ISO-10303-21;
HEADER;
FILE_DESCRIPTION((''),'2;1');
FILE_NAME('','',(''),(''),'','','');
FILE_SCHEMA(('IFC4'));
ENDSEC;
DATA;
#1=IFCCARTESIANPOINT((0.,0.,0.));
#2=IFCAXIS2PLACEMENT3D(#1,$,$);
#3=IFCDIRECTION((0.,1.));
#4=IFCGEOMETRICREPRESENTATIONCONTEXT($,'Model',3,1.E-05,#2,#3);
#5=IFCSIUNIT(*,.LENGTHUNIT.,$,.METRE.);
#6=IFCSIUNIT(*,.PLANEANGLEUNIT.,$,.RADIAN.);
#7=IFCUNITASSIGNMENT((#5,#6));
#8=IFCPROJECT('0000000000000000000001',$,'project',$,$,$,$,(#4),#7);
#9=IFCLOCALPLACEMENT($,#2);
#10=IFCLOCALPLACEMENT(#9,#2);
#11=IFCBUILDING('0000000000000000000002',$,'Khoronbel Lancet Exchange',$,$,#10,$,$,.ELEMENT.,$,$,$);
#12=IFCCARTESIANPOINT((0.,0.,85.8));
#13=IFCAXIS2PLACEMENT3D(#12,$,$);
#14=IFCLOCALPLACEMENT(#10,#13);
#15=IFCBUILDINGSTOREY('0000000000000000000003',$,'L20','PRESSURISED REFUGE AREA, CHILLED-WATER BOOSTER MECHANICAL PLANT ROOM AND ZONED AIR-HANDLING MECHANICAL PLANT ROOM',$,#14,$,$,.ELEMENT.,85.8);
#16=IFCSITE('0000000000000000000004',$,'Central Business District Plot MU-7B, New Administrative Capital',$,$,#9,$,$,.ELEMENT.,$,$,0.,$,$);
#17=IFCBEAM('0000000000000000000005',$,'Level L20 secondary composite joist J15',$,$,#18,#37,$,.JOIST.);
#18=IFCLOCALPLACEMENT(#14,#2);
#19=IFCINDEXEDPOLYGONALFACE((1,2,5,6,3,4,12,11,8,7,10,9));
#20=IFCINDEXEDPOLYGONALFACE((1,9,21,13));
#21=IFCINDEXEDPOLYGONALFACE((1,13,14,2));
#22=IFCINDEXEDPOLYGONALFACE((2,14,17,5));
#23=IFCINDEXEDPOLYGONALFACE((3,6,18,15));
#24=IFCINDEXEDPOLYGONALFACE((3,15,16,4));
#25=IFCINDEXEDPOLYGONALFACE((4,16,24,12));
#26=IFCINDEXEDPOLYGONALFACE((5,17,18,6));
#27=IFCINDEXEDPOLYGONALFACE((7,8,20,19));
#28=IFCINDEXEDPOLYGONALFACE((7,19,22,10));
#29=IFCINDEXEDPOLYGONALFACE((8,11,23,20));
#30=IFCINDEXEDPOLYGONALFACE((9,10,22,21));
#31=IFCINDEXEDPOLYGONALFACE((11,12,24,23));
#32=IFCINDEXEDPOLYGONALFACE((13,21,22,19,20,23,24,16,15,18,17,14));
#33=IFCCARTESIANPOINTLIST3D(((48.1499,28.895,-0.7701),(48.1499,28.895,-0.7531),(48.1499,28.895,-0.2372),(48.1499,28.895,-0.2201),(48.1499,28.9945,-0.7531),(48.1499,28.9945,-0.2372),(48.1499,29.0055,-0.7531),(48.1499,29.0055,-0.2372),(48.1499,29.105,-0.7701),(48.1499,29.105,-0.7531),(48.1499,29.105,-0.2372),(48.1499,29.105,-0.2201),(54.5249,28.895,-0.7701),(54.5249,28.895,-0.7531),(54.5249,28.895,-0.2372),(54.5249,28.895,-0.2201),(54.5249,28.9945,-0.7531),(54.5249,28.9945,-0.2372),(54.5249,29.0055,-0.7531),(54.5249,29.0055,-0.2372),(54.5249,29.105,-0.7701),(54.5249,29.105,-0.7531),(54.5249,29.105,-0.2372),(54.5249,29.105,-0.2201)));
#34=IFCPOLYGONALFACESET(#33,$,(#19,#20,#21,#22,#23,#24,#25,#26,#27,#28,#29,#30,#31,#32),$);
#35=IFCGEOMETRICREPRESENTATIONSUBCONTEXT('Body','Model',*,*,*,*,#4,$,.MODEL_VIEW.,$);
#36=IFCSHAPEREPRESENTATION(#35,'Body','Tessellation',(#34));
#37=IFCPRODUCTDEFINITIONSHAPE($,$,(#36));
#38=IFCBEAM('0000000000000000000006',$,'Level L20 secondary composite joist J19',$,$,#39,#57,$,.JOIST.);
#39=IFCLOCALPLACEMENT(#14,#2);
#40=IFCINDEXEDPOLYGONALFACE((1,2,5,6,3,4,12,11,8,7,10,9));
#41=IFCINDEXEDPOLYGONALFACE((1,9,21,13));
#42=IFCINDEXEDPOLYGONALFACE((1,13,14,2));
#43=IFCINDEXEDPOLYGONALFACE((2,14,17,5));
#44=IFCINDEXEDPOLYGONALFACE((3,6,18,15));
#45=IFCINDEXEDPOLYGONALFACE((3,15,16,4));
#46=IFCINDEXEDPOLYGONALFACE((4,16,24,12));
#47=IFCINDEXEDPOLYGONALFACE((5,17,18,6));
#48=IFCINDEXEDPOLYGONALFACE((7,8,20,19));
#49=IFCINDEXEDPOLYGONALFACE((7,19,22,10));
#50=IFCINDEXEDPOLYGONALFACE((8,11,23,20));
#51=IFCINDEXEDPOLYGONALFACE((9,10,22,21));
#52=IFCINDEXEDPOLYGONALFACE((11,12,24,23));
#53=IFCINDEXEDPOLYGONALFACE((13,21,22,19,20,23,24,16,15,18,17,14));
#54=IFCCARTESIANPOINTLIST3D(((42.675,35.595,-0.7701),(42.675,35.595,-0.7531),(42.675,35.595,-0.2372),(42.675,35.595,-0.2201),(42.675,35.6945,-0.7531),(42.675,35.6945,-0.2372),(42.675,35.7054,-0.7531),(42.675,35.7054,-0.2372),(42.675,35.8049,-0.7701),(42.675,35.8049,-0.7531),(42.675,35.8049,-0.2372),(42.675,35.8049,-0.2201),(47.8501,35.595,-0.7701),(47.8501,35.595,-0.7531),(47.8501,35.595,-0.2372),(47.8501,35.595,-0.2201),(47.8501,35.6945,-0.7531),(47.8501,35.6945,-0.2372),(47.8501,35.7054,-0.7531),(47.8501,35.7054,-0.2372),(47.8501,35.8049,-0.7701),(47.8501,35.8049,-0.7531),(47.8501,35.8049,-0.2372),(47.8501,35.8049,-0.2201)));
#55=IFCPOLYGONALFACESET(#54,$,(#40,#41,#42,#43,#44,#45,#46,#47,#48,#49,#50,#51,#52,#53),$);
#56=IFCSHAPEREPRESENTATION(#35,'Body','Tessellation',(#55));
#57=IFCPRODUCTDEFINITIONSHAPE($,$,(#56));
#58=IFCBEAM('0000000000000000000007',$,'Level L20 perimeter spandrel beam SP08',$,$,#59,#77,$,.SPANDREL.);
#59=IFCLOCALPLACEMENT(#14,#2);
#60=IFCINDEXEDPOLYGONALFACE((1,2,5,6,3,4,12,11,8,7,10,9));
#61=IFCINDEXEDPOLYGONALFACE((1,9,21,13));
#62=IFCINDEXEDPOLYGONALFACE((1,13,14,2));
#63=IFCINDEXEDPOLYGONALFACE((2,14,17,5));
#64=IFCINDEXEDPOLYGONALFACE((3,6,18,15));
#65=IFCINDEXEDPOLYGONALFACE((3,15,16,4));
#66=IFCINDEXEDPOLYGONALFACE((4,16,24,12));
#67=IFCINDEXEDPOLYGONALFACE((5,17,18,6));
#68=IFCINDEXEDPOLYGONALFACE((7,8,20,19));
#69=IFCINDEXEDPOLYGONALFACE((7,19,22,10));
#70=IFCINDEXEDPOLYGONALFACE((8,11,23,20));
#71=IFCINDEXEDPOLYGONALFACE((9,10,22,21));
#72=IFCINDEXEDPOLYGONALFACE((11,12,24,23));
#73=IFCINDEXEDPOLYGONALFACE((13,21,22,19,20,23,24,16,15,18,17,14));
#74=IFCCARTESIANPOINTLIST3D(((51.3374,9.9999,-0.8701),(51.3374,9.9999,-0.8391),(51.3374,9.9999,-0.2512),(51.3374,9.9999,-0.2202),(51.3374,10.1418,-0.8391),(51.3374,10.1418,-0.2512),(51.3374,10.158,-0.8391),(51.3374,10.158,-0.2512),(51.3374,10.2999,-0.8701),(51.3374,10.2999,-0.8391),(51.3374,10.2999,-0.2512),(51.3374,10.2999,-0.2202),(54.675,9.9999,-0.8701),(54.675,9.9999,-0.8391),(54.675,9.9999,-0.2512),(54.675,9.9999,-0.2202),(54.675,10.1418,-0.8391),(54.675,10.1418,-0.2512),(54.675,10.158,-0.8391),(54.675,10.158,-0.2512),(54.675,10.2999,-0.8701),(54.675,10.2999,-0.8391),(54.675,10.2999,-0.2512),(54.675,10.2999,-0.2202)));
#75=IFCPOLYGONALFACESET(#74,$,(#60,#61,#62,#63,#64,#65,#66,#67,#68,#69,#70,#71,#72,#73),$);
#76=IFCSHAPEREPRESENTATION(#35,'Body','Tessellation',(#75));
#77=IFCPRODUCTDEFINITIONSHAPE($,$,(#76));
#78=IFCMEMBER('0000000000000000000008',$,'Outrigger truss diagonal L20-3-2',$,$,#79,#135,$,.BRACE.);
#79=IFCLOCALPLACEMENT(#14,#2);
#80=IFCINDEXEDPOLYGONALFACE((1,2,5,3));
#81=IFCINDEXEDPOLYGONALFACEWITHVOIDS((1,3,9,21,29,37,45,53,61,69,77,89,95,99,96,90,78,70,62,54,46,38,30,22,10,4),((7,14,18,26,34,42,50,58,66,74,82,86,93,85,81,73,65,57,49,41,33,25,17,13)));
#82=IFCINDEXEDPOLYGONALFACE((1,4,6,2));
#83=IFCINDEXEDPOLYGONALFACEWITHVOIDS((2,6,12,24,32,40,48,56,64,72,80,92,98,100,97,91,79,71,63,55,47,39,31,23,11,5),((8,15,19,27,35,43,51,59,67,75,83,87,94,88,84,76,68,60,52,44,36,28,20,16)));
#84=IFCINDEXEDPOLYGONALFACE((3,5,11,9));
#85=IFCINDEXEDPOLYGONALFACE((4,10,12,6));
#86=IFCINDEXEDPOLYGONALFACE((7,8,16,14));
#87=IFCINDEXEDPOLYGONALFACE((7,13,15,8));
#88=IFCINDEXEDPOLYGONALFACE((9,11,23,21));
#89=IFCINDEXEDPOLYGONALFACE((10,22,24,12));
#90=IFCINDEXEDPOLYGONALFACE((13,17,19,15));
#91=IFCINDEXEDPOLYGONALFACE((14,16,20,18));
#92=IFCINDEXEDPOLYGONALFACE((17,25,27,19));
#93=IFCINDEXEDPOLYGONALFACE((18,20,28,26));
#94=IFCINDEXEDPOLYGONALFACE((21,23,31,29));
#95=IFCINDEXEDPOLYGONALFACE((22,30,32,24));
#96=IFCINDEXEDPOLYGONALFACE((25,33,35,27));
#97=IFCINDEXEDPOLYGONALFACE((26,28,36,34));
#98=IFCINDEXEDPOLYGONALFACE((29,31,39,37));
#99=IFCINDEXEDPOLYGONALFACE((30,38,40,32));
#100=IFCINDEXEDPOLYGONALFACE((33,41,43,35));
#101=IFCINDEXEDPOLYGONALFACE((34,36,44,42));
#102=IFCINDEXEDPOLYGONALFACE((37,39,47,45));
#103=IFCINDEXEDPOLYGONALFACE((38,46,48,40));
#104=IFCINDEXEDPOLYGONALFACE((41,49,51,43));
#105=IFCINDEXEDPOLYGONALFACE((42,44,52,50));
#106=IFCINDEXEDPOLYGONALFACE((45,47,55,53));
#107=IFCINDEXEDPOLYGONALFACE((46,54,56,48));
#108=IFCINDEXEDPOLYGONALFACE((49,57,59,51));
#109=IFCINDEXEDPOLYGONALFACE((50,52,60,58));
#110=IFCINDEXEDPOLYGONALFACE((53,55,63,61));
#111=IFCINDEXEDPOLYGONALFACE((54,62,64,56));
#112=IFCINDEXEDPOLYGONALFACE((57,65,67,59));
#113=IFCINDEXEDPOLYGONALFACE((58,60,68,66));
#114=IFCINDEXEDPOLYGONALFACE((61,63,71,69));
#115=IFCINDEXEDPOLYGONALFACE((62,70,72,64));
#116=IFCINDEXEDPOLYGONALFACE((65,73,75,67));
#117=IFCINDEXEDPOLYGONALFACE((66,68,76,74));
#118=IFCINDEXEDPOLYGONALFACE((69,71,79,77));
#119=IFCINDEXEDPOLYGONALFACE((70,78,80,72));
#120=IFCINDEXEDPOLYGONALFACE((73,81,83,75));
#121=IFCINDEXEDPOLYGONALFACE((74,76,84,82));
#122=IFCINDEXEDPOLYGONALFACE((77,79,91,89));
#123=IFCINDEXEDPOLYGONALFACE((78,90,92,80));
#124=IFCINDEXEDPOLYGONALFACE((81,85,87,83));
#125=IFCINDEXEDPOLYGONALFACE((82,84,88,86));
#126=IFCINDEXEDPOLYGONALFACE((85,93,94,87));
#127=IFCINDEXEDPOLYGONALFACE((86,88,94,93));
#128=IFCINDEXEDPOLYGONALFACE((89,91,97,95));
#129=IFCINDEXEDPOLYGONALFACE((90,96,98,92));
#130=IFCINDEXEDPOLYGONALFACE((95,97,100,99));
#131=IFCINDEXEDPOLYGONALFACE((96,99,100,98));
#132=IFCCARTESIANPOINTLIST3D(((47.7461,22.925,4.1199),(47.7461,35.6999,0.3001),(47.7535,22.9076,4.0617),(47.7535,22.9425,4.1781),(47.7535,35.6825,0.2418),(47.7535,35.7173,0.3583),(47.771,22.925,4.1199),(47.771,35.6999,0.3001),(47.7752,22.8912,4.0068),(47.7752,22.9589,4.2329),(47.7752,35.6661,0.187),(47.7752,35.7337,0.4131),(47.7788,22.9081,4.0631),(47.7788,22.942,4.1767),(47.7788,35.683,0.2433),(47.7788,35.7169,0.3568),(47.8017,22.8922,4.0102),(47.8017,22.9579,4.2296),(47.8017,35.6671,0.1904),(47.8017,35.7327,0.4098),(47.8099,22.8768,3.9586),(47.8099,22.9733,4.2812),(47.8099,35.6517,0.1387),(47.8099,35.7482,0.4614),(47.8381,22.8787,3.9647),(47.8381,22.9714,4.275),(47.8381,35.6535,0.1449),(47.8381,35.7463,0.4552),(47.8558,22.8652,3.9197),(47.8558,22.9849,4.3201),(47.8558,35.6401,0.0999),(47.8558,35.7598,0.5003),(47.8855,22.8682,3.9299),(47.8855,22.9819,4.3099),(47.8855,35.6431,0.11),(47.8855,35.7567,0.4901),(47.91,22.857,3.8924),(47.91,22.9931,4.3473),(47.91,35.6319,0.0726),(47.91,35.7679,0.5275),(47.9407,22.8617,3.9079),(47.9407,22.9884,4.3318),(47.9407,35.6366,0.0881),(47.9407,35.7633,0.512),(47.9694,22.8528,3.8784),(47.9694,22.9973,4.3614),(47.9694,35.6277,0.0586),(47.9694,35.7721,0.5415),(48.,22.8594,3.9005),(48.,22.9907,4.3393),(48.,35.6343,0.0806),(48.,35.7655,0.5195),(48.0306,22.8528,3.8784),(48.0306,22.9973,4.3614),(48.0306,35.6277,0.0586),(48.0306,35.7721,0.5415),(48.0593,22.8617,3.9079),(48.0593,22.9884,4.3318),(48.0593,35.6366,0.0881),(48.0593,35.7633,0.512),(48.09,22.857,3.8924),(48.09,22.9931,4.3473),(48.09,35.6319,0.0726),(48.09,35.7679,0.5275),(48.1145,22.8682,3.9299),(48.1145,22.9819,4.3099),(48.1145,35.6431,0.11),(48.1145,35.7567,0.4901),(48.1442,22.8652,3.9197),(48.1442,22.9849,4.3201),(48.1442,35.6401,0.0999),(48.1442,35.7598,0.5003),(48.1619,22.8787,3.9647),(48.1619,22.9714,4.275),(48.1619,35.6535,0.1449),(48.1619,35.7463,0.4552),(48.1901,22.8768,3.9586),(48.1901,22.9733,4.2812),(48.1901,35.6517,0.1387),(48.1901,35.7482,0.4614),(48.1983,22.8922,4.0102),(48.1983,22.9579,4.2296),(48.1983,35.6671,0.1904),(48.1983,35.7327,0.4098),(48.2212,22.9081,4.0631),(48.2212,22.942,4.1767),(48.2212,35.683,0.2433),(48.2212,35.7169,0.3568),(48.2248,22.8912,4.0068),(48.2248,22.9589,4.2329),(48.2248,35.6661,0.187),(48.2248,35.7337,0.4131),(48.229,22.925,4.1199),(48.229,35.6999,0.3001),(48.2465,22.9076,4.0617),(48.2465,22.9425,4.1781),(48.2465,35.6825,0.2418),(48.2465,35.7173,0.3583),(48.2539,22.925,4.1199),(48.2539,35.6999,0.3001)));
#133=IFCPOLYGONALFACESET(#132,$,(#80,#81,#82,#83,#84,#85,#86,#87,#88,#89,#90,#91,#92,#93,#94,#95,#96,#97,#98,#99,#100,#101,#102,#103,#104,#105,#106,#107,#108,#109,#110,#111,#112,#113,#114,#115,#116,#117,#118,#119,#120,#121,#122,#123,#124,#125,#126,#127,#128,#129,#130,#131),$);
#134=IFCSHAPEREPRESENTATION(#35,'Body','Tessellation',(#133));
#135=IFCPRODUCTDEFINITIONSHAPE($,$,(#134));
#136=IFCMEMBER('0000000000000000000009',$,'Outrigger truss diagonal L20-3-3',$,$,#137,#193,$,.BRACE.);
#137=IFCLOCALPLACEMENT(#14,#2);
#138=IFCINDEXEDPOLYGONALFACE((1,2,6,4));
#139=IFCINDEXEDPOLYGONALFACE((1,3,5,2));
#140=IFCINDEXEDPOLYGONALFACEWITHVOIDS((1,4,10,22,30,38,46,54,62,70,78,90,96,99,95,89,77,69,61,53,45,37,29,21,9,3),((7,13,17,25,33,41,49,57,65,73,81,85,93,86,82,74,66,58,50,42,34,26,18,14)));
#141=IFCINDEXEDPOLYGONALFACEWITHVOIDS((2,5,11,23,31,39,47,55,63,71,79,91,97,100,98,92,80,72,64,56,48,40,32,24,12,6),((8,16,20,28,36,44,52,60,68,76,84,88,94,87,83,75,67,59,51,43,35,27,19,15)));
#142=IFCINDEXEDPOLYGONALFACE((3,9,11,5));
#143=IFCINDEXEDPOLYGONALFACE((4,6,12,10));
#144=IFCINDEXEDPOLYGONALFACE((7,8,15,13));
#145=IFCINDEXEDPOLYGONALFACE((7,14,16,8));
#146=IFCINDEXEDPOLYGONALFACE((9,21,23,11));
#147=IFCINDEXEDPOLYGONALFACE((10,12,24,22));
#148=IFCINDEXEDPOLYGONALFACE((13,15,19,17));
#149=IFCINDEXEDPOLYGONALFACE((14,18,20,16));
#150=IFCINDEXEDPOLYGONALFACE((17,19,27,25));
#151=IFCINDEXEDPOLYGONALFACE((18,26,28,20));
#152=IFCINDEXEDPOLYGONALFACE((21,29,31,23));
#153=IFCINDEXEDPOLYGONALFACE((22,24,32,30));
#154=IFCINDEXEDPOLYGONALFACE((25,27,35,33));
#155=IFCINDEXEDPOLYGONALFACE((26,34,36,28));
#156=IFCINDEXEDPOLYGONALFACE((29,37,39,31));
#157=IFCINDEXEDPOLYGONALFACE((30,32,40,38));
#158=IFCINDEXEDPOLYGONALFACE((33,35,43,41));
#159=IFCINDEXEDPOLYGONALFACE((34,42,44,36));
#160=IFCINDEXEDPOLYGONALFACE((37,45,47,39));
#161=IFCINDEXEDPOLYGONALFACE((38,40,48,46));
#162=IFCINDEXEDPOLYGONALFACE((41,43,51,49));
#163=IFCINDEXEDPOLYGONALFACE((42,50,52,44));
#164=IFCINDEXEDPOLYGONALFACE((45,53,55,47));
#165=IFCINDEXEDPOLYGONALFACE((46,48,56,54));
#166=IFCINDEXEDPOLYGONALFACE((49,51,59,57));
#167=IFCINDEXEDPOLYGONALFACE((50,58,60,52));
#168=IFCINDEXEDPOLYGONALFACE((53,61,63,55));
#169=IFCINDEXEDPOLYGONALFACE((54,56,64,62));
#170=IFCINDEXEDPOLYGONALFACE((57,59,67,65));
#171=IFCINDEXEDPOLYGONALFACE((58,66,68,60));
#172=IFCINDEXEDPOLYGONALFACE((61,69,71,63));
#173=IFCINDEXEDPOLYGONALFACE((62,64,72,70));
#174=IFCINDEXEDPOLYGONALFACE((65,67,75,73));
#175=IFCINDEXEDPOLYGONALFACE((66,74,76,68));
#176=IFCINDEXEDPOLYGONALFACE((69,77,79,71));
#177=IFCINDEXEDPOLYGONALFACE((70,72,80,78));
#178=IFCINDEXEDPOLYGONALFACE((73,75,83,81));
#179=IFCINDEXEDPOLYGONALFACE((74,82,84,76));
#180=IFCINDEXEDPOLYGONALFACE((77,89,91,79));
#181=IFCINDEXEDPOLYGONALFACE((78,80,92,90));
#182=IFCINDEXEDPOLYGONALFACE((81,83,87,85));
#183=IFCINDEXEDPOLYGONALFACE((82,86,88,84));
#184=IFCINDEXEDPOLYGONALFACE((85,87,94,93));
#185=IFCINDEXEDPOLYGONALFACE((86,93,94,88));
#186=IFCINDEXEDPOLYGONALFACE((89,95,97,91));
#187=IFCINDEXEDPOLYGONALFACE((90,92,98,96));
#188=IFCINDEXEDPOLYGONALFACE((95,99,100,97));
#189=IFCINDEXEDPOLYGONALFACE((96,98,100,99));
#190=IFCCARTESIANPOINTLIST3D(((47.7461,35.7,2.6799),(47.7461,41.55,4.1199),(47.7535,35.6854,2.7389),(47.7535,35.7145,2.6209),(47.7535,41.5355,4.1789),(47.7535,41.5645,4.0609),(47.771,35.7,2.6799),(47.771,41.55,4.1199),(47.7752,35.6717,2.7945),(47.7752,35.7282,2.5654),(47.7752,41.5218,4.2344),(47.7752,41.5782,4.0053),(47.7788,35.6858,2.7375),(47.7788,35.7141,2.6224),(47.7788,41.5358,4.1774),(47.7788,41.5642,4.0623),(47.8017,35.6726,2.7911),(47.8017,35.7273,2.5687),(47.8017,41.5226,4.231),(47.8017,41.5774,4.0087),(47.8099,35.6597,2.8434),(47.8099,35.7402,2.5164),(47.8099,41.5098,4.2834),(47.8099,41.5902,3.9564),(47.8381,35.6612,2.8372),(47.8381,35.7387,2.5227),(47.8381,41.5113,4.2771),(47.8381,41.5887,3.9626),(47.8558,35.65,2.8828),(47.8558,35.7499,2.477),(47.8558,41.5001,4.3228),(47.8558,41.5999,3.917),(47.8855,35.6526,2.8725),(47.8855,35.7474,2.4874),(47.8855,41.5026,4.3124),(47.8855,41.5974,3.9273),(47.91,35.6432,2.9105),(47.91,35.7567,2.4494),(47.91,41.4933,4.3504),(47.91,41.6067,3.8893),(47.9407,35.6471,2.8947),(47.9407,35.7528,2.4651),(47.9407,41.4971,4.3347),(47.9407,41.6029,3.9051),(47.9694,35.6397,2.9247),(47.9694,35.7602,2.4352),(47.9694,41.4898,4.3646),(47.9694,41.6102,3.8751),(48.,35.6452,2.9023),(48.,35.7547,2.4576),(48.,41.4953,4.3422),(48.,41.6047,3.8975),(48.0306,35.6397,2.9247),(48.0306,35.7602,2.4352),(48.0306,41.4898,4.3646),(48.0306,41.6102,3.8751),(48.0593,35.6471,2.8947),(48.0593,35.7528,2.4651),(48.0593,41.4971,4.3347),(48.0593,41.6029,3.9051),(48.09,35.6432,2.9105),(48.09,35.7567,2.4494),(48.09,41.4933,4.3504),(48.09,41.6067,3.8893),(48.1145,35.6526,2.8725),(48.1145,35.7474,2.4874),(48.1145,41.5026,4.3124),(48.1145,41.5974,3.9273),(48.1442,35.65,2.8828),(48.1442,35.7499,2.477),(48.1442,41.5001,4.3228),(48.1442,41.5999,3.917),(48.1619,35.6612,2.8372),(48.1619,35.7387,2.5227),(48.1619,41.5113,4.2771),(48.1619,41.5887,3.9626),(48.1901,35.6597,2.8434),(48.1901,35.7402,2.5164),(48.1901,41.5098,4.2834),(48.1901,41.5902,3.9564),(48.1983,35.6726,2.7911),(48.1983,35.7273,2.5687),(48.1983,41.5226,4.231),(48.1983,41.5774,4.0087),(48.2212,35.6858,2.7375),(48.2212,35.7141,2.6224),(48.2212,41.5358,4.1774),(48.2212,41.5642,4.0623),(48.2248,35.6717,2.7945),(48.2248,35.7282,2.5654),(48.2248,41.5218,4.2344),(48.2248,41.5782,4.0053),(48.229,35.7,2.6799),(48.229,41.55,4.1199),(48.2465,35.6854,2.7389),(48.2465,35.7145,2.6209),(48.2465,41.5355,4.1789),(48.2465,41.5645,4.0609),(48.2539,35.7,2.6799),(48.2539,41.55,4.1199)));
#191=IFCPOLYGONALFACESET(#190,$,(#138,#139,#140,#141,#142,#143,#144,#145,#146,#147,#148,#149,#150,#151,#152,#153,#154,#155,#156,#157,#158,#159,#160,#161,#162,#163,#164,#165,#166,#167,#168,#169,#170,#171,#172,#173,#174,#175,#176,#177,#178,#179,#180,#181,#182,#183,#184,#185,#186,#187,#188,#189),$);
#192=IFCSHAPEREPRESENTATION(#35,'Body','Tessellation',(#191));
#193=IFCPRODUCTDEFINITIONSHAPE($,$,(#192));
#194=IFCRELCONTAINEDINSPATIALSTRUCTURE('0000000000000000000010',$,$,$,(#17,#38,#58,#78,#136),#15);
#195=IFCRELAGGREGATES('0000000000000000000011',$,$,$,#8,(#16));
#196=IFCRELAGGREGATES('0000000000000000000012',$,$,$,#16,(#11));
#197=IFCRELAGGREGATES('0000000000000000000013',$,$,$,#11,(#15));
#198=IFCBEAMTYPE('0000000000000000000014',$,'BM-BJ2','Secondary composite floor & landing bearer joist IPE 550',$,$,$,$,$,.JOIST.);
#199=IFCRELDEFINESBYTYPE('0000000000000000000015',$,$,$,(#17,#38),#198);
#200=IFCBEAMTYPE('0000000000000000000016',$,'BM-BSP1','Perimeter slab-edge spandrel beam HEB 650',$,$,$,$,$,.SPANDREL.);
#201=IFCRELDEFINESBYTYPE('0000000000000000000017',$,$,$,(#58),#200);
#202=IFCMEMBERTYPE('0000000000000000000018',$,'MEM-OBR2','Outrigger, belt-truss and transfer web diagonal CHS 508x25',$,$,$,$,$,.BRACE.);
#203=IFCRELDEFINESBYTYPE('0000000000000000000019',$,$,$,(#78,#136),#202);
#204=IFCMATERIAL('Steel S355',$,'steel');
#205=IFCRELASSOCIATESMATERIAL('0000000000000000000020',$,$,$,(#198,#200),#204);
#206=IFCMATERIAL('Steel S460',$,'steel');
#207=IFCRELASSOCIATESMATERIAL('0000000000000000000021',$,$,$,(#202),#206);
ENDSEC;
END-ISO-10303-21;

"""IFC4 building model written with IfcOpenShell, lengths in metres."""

from ifc_helpers import new_model, si_unit, direction, frame, origin, origin_2d, place, context, subcontext, project, spatial, hollow_circle, i_section, extrude, material, material_profile, profile_set, type_object, element, save


model = new_model("IFC4")

# Units and contexts
model_context = context("Model", 3, precision=1e-05, world=origin(), true_north=direction((0.0, 1.0)))
body_context = subcontext(model_context, "Body", "Model", "MODEL_VIEW")
ifc_project = project(units=[si_unit("LENGTHUNIT", "METRE"), si_unit("PLANEANGLEUNIT", "RADIAN")], contexts=[model_context])

# Site, building, storey
site_placement = place(None, origin())
site = spatial("IfcSite", under=ifc_project, at=site_placement, Name="Central Business District Plot MU-7B, New Administrative Capital", CompositionType="ELEMENT", RefElevation=0.0)
building_placement = place(site_placement, origin())
building = spatial("IfcBuilding", under=site, at=building_placement, Name="Khoronbel Lancet Exchange", CompositionType="ELEMENT")
storey_placement = place(building_placement, frame((0.0, 0.0, 85.8)))
storey = spatial("IfcBuildingStorey", under=building, at=storey_placement, Name="L20", Description="PRESSURISED REFUGE AREA, CHILLED-WATER BOOSTER MECHANICAL PLANT ROOM AND ZONED AIR-HANDLING MECHANICAL PLANT ROOM", CompositionType="ELEMENT", Elevation=85.8)

# Shared definitions
ifc_material_1 = material(Name="Steel S460", Category="steel")

# Beams
ifc_material_2 = material(Name="Steel S355", Category="steel")
ifc_material_profile_1 = material_profile(ifc_material_2, i_section(OverallWidth=0.21, OverallDepth=0.55, WebThickness=0.011, FlangeThickness=0.0171, at=origin_2d()), Name="IPE 550")
ifc_profile_set_1 = profile_set([ifc_material_profile_1], Name="Steel S355")
beam_type_1 = type_object("IfcBeamType", Name="BM-BJ2", Description="Secondary composite floor & landing bearer joist IPE 550", PredefinedType="JOIST", material=ifc_profile_set_1)
beam_1_placement = place(storey_placement, frame((48.1499, 29.0, -0.4951), z_axis=(1.0, 0.0, 0.0), x_axis=(0.0, 1.0, 0.0)))
element("IfcBeam", 1, at=beam_1_placement, inside=storey, type_object=beam_type_1, Name="Level L20 secondary composite joist J15", PredefinedType="JOIST", context=body_context, shape_type="SweptSolid", body=[
    extrude(i_section(OverallWidth=0.21, OverallDepth=0.55, WebThickness=0.011, FlangeThickness=0.0171, at=origin_2d()), origin(), (0.0, 0.0, 1.0), 6.375),
])
beam_2_placement = place(storey_placement, frame((42.675, 35.7, -0.4951), z_axis=(1.0, 0.0, 0.0), x_axis=(0.0, 1.0, 0.0)))
element("IfcBeam", 2, at=beam_2_placement, inside=storey, type_object=beam_type_1, Name="Level L20 secondary composite joist J19", PredefinedType="JOIST", context=body_context, shape_type="SweptSolid", body=[
    extrude(i_section(OverallWidth=0.21, OverallDepth=0.55, WebThickness=0.011, FlangeThickness=0.0171, at=origin_2d()), origin(), (0.0, 0.0, 1.0), 5.175),
])
ifc_material_profile_2 = material_profile(ifc_material_2, i_section(OverallWidth=0.3, OverallDepth=0.6499, WebThickness=0.0161, FlangeThickness=0.031, at=origin_2d()), Name="HEB 650")
ifc_profile_set_2 = profile_set([ifc_material_profile_2], Name="Steel S355")
beam_type_2 = type_object("IfcBeamType", Name="BM-BSP1", Description="Perimeter slab-edge spandrel beam HEB 650", PredefinedType="SPANDREL", material=ifc_profile_set_2)
beam_3_placement = place(storey_placement, frame((51.3374, 10.1499, -0.5452), z_axis=(1.0, 0.0, 0.0), x_axis=(0.0, 1.0, 0.0)))
element("IfcBeam", 3, at=beam_3_placement, inside=storey, type_object=beam_type_2, Name="Level L20 perimeter spandrel beam SP08", PredefinedType="SPANDREL", context=body_context, shape_type="SweptSolid", body=[
    extrude(i_section(OverallWidth=0.3, OverallDepth=0.6499, WebThickness=0.0161, FlangeThickness=0.031, at=origin_2d()), origin(), (0.0, 0.0, 1.0), 3.3376),
])

# Members
ifc_material_profile_3 = material_profile(ifc_material_1, hollow_circle(Radius=0.2539, WallThickness=0.0249, at=origin_2d()), Name="CHS 508x25")
ifc_profile_set_3 = profile_set([ifc_material_profile_3], Name="Steel S460")
member_type_1 = type_object("IfcMemberType", Name="MEM-OBR2", Description="Outrigger, belt-truss and transfer web diagonal CHS 508x25", PredefinedType="BRACE", material=ifc_profile_set_3)
member_1_placement = place(storey_placement, frame((48.0, 22.925, 4.1199), z_axis=(0.0, 0.958087, -0.286478), x_axis=(-1.0, 0.0, 0.0)))
element("IfcMember", 4, at=member_1_placement, inside=storey, type_object=member_type_1, Name="Outrigger truss diagonal L20-3-2", PredefinedType="BRACE", context=body_context, shape_type="SweptSolid", body=[
    extrude(hollow_circle(Radius=0.2539, WallThickness=0.0249, at=origin_2d()), origin(), (0.0, 0.0, 1.0), 13.3337),
])
member_2_placement = place(storey_placement, frame((48.0, 35.7, 2.6799), z_axis=(0.0, 0.971018, 0.239006), x_axis=(-1.0, 0.0, 0.0)))
element("IfcMember", 5, at=member_2_placement, inside=storey, type_object=member_type_1, Name="Outrigger truss diagonal L20-3-3", PredefinedType="BRACE", context=body_context, shape_type="SweptSolid", body=[
    extrude(hollow_circle(Radius=0.2539, WallThickness=0.0249, at=origin_2d()), origin(), (0.0, 0.0, 1.0), 6.0247),
])

save(model, "model.ifc")
